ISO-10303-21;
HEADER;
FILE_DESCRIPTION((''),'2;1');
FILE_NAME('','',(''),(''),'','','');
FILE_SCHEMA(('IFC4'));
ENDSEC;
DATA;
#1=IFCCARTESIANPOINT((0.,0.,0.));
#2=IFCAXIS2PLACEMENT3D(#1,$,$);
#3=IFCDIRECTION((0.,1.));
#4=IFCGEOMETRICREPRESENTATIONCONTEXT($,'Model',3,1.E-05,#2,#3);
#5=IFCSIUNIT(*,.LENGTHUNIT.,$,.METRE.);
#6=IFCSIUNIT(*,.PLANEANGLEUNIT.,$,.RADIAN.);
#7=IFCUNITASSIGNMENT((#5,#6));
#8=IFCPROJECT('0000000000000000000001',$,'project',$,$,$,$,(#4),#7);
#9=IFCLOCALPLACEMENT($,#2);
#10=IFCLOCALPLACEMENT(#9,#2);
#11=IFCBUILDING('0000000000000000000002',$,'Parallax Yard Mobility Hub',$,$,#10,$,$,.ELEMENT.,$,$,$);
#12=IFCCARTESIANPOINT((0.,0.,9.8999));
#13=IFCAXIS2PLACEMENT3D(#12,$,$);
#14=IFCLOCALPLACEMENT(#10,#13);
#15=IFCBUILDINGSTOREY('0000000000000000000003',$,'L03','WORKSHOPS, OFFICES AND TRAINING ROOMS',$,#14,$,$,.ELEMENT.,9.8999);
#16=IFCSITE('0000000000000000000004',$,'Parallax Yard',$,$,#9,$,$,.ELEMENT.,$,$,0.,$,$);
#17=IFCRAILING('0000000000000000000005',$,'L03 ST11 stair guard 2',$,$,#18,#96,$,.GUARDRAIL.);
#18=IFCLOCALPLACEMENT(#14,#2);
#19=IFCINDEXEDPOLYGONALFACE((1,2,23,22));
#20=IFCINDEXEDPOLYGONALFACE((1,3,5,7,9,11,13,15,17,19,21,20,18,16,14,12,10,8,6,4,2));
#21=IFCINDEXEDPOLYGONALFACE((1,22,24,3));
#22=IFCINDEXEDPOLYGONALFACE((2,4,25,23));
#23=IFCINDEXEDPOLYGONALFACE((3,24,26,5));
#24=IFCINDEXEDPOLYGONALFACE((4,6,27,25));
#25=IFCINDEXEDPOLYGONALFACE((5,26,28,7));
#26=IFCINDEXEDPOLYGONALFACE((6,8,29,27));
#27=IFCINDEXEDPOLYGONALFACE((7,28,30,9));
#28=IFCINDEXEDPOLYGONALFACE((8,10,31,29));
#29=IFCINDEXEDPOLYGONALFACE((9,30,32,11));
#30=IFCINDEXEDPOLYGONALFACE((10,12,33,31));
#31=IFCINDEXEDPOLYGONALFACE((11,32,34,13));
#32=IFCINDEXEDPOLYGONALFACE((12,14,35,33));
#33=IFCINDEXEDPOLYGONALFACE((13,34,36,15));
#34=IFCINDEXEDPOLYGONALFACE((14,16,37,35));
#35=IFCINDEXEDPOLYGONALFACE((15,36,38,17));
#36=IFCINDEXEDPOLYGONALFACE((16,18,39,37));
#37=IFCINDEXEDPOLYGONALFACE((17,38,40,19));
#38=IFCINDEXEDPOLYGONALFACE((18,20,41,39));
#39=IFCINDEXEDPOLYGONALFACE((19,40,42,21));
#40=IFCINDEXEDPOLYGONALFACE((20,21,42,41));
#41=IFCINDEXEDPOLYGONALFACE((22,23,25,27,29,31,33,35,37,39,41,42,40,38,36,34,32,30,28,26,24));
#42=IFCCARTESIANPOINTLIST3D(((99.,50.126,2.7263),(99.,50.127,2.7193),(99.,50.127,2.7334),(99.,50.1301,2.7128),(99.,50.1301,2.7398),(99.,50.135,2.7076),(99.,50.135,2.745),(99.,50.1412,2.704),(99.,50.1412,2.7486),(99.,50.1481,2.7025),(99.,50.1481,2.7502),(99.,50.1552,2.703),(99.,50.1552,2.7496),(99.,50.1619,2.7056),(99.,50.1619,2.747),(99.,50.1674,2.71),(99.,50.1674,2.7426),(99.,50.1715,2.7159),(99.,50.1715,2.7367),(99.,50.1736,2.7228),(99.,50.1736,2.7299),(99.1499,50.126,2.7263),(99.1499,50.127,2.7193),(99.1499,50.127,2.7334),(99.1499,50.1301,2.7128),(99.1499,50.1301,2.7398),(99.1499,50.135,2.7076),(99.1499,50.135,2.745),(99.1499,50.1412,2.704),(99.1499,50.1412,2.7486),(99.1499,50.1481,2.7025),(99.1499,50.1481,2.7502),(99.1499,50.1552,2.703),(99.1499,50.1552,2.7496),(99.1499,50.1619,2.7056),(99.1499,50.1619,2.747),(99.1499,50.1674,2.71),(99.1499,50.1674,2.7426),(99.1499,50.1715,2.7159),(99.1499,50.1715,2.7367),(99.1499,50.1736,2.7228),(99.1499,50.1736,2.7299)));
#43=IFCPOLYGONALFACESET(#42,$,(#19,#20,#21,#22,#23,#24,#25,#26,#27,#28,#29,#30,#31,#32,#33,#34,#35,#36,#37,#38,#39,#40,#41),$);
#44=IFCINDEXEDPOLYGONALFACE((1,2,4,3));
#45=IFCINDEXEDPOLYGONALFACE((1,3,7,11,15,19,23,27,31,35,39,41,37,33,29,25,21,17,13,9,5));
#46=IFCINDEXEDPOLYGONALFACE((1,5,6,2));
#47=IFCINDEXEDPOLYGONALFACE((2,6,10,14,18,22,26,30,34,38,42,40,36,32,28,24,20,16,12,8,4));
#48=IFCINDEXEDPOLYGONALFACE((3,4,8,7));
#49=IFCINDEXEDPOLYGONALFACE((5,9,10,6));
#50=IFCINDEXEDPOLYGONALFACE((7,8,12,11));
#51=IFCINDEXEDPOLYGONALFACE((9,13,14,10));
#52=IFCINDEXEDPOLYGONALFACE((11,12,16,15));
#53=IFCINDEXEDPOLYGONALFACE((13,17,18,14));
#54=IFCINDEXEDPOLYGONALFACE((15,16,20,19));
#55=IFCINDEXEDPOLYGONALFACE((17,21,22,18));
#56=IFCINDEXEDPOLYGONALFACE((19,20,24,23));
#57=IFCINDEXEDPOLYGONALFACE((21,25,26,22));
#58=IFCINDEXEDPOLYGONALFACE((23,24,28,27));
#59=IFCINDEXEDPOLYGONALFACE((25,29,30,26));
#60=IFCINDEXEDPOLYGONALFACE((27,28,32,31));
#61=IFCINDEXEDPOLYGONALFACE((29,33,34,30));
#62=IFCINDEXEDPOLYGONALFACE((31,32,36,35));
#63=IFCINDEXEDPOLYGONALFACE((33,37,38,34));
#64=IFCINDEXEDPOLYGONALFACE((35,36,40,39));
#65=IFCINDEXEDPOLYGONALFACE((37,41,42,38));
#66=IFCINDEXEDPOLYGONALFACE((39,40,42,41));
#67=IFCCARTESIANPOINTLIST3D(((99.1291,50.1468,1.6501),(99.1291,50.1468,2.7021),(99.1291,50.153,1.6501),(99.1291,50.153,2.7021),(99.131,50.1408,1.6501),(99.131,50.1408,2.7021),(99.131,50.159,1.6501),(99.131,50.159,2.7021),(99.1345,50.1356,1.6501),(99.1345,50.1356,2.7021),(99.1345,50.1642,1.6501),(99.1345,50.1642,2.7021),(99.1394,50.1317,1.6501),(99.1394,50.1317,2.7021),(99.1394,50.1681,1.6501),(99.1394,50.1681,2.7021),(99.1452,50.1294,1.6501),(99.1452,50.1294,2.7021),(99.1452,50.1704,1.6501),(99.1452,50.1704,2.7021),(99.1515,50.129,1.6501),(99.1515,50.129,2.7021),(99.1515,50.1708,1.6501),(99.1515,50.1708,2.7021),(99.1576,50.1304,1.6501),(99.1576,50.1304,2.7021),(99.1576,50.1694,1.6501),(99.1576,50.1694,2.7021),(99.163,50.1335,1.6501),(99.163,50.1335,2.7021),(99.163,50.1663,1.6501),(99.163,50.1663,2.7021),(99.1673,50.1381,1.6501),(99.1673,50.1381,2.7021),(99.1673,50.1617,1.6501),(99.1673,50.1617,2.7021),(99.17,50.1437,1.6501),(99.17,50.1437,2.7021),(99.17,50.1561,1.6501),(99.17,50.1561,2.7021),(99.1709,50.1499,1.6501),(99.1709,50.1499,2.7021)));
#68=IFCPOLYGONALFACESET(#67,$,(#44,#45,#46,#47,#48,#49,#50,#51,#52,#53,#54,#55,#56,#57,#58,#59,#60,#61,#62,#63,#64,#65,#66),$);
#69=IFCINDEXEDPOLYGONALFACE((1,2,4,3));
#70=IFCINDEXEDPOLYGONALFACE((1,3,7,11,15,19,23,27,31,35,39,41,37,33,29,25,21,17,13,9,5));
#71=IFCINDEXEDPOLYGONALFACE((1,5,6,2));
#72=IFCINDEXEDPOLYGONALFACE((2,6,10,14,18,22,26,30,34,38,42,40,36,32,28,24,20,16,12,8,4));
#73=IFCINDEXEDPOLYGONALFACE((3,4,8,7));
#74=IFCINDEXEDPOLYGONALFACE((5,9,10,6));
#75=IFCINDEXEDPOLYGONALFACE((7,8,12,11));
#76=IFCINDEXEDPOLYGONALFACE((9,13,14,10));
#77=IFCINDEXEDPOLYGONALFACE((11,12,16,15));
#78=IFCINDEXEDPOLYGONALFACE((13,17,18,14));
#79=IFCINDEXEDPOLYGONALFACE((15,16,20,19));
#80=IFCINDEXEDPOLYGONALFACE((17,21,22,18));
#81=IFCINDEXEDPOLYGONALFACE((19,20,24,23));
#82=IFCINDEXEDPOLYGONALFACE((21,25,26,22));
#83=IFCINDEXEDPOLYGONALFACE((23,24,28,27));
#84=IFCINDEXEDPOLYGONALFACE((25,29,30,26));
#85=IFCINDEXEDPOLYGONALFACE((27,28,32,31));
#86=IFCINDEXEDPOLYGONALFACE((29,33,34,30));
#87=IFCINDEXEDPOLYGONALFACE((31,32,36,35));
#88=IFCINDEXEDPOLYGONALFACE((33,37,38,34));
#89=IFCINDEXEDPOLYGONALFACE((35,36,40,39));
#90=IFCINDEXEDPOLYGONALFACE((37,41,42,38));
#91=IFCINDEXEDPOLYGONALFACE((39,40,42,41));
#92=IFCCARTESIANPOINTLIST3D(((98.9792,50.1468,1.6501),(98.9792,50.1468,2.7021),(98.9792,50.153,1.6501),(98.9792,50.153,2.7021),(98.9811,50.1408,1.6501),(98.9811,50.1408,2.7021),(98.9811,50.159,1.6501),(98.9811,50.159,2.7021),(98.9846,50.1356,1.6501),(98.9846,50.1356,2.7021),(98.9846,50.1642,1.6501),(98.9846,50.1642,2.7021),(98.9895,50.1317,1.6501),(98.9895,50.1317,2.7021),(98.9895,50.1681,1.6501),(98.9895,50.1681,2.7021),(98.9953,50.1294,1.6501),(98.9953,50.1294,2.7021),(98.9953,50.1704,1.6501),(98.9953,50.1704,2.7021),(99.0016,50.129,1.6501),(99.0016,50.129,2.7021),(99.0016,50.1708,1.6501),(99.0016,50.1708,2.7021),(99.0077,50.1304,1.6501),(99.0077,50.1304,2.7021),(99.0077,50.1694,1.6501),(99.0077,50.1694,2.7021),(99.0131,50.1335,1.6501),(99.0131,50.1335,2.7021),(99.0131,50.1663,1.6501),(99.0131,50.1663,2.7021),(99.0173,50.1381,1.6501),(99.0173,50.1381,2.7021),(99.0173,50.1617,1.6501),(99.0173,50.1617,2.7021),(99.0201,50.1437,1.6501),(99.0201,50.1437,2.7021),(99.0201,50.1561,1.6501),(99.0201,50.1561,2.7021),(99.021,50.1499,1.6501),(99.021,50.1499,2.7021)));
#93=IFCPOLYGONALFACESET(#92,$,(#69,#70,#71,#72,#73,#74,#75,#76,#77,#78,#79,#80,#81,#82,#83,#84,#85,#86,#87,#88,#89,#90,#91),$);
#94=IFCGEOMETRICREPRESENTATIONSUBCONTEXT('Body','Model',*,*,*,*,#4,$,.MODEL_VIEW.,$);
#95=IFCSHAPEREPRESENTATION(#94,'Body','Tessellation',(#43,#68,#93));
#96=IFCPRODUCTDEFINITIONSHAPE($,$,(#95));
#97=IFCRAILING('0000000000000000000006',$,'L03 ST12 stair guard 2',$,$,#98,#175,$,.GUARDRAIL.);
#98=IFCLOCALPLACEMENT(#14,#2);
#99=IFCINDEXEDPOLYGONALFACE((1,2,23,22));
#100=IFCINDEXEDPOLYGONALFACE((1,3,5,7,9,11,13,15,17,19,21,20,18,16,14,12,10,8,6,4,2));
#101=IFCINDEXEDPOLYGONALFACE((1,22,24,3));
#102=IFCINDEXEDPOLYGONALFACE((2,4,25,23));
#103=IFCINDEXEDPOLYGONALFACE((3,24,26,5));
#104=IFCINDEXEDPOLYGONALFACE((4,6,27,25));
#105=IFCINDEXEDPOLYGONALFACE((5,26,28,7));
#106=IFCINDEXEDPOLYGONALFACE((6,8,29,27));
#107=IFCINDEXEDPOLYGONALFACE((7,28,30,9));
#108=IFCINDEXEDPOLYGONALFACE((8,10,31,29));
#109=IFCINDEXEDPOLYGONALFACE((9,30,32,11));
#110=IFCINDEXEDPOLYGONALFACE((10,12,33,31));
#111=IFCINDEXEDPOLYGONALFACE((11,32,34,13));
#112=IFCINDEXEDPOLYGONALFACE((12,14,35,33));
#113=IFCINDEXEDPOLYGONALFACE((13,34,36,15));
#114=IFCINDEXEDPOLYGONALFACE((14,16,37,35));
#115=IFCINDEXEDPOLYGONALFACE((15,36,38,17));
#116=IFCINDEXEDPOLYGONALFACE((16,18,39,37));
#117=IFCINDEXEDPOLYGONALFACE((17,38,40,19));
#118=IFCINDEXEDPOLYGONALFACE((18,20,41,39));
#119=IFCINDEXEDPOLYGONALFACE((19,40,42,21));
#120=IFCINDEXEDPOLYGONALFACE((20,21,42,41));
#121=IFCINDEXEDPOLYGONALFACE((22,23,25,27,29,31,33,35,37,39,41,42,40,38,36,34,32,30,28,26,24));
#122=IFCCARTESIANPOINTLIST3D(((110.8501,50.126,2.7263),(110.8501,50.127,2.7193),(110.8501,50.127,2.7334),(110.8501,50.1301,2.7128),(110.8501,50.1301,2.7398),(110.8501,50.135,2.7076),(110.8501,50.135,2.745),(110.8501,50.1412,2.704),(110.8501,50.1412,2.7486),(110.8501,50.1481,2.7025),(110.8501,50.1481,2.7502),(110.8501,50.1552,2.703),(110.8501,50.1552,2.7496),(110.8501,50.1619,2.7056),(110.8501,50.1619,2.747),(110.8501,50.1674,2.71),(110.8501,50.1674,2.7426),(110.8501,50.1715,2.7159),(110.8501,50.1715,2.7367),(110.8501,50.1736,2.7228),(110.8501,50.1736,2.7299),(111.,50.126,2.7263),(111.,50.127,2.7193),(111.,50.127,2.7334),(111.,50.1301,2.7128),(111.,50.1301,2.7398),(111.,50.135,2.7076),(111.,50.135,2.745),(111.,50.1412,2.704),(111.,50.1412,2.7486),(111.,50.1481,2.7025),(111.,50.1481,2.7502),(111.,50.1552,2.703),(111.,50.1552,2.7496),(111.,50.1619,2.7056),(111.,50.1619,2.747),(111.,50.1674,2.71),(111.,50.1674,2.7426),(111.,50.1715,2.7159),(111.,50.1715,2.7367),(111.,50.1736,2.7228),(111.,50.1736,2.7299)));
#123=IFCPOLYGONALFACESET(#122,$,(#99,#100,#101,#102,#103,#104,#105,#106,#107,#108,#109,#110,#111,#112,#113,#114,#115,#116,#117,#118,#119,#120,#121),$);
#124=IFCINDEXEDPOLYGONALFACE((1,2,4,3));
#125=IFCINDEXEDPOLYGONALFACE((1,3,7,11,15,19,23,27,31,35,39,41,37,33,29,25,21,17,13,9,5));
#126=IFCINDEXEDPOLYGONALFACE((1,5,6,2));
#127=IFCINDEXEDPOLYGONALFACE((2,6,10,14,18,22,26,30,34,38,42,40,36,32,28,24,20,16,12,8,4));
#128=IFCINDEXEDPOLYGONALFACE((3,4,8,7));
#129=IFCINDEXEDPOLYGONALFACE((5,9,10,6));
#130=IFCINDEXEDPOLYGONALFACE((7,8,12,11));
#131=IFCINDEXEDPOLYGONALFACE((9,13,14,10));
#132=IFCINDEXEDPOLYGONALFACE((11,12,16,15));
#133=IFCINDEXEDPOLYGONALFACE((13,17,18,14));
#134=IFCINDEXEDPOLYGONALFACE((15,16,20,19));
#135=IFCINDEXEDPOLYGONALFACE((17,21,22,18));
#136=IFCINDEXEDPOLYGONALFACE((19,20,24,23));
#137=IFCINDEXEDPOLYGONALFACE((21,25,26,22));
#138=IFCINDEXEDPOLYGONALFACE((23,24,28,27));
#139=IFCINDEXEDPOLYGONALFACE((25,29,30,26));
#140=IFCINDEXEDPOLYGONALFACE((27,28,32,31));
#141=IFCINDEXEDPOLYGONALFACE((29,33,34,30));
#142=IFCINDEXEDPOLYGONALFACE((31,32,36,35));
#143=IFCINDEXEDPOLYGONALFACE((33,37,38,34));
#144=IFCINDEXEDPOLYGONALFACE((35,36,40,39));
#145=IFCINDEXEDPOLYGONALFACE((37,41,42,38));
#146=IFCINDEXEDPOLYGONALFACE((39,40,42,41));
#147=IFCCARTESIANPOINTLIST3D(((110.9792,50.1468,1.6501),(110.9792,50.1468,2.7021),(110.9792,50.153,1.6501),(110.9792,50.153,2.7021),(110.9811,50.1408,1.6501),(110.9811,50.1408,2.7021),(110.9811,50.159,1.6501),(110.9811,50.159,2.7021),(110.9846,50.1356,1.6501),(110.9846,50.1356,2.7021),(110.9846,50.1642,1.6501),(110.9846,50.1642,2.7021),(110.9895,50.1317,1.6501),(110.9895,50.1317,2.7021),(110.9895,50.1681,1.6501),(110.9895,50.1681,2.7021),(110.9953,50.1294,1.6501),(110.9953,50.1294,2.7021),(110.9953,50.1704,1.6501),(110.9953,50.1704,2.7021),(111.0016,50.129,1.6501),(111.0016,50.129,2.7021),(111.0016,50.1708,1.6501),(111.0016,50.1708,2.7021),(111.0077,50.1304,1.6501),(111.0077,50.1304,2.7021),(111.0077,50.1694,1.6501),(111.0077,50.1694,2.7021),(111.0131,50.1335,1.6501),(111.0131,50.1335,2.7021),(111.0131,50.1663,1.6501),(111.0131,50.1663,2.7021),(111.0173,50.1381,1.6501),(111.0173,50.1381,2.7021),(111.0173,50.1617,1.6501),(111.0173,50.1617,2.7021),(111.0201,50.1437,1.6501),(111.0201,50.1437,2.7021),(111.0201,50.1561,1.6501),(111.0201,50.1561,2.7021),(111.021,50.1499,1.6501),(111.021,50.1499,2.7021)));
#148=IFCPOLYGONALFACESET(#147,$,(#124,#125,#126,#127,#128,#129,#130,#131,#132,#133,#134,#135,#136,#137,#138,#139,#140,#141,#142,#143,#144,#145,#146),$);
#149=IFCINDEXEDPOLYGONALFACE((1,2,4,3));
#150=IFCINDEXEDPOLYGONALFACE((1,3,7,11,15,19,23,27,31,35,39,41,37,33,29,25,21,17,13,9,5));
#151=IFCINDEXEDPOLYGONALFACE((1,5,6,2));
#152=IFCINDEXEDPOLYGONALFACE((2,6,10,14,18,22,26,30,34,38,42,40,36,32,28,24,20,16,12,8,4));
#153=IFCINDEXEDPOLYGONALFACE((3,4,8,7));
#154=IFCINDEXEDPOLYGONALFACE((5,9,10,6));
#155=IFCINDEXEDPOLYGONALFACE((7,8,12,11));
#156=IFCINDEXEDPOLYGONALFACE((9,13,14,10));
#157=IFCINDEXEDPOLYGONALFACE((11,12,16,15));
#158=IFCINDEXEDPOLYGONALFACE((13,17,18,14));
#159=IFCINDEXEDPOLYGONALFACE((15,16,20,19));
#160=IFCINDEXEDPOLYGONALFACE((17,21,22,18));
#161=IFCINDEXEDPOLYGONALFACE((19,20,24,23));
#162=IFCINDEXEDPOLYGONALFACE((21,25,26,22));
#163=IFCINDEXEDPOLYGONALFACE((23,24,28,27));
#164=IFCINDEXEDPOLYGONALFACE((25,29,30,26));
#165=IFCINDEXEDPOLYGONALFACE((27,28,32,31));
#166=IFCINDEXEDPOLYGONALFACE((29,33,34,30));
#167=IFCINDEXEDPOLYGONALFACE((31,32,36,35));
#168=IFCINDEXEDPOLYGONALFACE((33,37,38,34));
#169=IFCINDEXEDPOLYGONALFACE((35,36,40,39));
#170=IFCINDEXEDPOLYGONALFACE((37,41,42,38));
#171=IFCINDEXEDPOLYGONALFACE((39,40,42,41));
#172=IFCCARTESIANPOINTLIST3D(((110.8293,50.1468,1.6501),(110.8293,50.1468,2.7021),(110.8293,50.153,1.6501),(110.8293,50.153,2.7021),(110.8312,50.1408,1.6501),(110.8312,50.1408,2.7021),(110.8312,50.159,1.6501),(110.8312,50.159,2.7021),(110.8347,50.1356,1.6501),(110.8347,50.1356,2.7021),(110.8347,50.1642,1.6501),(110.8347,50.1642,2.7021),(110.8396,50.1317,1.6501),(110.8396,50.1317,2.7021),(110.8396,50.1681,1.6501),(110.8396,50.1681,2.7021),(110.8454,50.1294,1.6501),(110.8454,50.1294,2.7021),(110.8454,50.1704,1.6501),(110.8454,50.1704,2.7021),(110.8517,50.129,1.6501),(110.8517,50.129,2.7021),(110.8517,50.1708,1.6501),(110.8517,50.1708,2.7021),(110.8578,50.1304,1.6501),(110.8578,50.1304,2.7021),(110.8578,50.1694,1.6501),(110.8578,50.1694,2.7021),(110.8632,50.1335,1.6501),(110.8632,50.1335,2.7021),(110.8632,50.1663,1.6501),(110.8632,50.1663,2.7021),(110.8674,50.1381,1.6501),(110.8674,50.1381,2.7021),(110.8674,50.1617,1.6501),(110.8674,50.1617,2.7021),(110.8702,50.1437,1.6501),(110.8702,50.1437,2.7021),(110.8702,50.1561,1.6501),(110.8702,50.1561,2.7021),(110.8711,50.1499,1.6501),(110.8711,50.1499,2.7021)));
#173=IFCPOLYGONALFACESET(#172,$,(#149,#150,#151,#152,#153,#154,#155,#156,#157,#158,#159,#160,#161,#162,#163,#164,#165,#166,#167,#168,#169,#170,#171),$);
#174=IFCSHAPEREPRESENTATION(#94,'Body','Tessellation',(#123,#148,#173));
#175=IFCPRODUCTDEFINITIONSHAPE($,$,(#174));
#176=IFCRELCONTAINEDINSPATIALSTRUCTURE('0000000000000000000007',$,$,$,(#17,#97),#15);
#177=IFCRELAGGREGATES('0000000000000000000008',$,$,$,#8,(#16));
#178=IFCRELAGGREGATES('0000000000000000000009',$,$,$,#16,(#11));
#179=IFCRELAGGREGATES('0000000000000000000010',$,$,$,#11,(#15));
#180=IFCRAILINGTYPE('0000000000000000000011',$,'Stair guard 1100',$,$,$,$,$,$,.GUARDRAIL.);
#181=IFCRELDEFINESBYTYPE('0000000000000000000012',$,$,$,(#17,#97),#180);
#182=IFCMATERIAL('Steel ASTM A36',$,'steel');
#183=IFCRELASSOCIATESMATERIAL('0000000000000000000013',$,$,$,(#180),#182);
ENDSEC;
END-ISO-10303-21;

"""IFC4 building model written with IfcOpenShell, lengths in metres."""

from ifc_helpers import new_model, si_unit, direction, frame, origin, origin_2d, place, context, subcontext, project, spatial, circle, extrude, material, type_object, element, save


model = new_model("IFC4")

# Units and contexts
model_context = context("Model", 3, precision=1e-05, world=origin(), true_north=direction((0.0, 1.0)))
body_context = subcontext(model_context, "Body", "Model", "MODEL_VIEW")
ifc_project = project(units=[si_unit("LENGTHUNIT", "METRE"), si_unit("PLANEANGLEUNIT", "RADIAN")], contexts=[model_context])

# Site, building, storey
site_placement = place(None, origin())
site = spatial("IfcSite", under=ifc_project, at=site_placement, Name="Parallax Yard", CompositionType="ELEMENT", RefElevation=0.0)
building_placement = place(site_placement, origin())
building = spatial("IfcBuilding", under=site, at=building_placement, Name="Parallax Yard Mobility Hub", CompositionType="ELEMENT")
storey_placement = place(building_placement, frame((0.0, 0.0, 9.8999)))
storey = spatial("IfcBuildingStorey", under=building, at=storey_placement, Name="L03", Description="WORKSHOPS, OFFICES AND TRAINING ROOMS", CompositionType="ELEMENT", Elevation=9.8999)

# Railings
ifc_material_1 = material(Name="Steel ASTM A36", Category="steel")
railing_type_1 = type_object("IfcRailingType", Name="Stair guard 1100", PredefinedType="GUARDRAIL", material=ifc_material_1)
for number, where, name in (
    (1, (99.1499, 50.1499, 1.6501), "L03 ST11 stair guard 2"),
    (2, (111.0, 50.1499, 1.6501), "L03 ST12 stair guard 2"),
):
    element("IfcRailing", number, at=place(storey_placement, frame(where)), inside=storey, type_object=railing_type_1, Name=name, PredefinedType="GUARDRAIL", context=body_context, shape_type="SweptSolid", body=[
        extrude(circle(Radius=0.0239, at=origin_2d()), frame((0.0, 0.0, 1.0762), z_axis=(-1.0, 0.0, 0.0), x_axis=(0.0, -1.0, 0.0)), (0.0, 0.0, 1.0), 0.1499),
        extrude(circle(Radius=0.021, at=origin_2d()), origin(), (0.0, 0.0, 1.0), 1.052),
        extrude(circle(Radius=0.021, at=origin_2d()), frame((-0.1499, 0.0, 0.0)), (0.0, 0.0, 1.0), 1.052),
    ])

save(model, "model.ifc")
